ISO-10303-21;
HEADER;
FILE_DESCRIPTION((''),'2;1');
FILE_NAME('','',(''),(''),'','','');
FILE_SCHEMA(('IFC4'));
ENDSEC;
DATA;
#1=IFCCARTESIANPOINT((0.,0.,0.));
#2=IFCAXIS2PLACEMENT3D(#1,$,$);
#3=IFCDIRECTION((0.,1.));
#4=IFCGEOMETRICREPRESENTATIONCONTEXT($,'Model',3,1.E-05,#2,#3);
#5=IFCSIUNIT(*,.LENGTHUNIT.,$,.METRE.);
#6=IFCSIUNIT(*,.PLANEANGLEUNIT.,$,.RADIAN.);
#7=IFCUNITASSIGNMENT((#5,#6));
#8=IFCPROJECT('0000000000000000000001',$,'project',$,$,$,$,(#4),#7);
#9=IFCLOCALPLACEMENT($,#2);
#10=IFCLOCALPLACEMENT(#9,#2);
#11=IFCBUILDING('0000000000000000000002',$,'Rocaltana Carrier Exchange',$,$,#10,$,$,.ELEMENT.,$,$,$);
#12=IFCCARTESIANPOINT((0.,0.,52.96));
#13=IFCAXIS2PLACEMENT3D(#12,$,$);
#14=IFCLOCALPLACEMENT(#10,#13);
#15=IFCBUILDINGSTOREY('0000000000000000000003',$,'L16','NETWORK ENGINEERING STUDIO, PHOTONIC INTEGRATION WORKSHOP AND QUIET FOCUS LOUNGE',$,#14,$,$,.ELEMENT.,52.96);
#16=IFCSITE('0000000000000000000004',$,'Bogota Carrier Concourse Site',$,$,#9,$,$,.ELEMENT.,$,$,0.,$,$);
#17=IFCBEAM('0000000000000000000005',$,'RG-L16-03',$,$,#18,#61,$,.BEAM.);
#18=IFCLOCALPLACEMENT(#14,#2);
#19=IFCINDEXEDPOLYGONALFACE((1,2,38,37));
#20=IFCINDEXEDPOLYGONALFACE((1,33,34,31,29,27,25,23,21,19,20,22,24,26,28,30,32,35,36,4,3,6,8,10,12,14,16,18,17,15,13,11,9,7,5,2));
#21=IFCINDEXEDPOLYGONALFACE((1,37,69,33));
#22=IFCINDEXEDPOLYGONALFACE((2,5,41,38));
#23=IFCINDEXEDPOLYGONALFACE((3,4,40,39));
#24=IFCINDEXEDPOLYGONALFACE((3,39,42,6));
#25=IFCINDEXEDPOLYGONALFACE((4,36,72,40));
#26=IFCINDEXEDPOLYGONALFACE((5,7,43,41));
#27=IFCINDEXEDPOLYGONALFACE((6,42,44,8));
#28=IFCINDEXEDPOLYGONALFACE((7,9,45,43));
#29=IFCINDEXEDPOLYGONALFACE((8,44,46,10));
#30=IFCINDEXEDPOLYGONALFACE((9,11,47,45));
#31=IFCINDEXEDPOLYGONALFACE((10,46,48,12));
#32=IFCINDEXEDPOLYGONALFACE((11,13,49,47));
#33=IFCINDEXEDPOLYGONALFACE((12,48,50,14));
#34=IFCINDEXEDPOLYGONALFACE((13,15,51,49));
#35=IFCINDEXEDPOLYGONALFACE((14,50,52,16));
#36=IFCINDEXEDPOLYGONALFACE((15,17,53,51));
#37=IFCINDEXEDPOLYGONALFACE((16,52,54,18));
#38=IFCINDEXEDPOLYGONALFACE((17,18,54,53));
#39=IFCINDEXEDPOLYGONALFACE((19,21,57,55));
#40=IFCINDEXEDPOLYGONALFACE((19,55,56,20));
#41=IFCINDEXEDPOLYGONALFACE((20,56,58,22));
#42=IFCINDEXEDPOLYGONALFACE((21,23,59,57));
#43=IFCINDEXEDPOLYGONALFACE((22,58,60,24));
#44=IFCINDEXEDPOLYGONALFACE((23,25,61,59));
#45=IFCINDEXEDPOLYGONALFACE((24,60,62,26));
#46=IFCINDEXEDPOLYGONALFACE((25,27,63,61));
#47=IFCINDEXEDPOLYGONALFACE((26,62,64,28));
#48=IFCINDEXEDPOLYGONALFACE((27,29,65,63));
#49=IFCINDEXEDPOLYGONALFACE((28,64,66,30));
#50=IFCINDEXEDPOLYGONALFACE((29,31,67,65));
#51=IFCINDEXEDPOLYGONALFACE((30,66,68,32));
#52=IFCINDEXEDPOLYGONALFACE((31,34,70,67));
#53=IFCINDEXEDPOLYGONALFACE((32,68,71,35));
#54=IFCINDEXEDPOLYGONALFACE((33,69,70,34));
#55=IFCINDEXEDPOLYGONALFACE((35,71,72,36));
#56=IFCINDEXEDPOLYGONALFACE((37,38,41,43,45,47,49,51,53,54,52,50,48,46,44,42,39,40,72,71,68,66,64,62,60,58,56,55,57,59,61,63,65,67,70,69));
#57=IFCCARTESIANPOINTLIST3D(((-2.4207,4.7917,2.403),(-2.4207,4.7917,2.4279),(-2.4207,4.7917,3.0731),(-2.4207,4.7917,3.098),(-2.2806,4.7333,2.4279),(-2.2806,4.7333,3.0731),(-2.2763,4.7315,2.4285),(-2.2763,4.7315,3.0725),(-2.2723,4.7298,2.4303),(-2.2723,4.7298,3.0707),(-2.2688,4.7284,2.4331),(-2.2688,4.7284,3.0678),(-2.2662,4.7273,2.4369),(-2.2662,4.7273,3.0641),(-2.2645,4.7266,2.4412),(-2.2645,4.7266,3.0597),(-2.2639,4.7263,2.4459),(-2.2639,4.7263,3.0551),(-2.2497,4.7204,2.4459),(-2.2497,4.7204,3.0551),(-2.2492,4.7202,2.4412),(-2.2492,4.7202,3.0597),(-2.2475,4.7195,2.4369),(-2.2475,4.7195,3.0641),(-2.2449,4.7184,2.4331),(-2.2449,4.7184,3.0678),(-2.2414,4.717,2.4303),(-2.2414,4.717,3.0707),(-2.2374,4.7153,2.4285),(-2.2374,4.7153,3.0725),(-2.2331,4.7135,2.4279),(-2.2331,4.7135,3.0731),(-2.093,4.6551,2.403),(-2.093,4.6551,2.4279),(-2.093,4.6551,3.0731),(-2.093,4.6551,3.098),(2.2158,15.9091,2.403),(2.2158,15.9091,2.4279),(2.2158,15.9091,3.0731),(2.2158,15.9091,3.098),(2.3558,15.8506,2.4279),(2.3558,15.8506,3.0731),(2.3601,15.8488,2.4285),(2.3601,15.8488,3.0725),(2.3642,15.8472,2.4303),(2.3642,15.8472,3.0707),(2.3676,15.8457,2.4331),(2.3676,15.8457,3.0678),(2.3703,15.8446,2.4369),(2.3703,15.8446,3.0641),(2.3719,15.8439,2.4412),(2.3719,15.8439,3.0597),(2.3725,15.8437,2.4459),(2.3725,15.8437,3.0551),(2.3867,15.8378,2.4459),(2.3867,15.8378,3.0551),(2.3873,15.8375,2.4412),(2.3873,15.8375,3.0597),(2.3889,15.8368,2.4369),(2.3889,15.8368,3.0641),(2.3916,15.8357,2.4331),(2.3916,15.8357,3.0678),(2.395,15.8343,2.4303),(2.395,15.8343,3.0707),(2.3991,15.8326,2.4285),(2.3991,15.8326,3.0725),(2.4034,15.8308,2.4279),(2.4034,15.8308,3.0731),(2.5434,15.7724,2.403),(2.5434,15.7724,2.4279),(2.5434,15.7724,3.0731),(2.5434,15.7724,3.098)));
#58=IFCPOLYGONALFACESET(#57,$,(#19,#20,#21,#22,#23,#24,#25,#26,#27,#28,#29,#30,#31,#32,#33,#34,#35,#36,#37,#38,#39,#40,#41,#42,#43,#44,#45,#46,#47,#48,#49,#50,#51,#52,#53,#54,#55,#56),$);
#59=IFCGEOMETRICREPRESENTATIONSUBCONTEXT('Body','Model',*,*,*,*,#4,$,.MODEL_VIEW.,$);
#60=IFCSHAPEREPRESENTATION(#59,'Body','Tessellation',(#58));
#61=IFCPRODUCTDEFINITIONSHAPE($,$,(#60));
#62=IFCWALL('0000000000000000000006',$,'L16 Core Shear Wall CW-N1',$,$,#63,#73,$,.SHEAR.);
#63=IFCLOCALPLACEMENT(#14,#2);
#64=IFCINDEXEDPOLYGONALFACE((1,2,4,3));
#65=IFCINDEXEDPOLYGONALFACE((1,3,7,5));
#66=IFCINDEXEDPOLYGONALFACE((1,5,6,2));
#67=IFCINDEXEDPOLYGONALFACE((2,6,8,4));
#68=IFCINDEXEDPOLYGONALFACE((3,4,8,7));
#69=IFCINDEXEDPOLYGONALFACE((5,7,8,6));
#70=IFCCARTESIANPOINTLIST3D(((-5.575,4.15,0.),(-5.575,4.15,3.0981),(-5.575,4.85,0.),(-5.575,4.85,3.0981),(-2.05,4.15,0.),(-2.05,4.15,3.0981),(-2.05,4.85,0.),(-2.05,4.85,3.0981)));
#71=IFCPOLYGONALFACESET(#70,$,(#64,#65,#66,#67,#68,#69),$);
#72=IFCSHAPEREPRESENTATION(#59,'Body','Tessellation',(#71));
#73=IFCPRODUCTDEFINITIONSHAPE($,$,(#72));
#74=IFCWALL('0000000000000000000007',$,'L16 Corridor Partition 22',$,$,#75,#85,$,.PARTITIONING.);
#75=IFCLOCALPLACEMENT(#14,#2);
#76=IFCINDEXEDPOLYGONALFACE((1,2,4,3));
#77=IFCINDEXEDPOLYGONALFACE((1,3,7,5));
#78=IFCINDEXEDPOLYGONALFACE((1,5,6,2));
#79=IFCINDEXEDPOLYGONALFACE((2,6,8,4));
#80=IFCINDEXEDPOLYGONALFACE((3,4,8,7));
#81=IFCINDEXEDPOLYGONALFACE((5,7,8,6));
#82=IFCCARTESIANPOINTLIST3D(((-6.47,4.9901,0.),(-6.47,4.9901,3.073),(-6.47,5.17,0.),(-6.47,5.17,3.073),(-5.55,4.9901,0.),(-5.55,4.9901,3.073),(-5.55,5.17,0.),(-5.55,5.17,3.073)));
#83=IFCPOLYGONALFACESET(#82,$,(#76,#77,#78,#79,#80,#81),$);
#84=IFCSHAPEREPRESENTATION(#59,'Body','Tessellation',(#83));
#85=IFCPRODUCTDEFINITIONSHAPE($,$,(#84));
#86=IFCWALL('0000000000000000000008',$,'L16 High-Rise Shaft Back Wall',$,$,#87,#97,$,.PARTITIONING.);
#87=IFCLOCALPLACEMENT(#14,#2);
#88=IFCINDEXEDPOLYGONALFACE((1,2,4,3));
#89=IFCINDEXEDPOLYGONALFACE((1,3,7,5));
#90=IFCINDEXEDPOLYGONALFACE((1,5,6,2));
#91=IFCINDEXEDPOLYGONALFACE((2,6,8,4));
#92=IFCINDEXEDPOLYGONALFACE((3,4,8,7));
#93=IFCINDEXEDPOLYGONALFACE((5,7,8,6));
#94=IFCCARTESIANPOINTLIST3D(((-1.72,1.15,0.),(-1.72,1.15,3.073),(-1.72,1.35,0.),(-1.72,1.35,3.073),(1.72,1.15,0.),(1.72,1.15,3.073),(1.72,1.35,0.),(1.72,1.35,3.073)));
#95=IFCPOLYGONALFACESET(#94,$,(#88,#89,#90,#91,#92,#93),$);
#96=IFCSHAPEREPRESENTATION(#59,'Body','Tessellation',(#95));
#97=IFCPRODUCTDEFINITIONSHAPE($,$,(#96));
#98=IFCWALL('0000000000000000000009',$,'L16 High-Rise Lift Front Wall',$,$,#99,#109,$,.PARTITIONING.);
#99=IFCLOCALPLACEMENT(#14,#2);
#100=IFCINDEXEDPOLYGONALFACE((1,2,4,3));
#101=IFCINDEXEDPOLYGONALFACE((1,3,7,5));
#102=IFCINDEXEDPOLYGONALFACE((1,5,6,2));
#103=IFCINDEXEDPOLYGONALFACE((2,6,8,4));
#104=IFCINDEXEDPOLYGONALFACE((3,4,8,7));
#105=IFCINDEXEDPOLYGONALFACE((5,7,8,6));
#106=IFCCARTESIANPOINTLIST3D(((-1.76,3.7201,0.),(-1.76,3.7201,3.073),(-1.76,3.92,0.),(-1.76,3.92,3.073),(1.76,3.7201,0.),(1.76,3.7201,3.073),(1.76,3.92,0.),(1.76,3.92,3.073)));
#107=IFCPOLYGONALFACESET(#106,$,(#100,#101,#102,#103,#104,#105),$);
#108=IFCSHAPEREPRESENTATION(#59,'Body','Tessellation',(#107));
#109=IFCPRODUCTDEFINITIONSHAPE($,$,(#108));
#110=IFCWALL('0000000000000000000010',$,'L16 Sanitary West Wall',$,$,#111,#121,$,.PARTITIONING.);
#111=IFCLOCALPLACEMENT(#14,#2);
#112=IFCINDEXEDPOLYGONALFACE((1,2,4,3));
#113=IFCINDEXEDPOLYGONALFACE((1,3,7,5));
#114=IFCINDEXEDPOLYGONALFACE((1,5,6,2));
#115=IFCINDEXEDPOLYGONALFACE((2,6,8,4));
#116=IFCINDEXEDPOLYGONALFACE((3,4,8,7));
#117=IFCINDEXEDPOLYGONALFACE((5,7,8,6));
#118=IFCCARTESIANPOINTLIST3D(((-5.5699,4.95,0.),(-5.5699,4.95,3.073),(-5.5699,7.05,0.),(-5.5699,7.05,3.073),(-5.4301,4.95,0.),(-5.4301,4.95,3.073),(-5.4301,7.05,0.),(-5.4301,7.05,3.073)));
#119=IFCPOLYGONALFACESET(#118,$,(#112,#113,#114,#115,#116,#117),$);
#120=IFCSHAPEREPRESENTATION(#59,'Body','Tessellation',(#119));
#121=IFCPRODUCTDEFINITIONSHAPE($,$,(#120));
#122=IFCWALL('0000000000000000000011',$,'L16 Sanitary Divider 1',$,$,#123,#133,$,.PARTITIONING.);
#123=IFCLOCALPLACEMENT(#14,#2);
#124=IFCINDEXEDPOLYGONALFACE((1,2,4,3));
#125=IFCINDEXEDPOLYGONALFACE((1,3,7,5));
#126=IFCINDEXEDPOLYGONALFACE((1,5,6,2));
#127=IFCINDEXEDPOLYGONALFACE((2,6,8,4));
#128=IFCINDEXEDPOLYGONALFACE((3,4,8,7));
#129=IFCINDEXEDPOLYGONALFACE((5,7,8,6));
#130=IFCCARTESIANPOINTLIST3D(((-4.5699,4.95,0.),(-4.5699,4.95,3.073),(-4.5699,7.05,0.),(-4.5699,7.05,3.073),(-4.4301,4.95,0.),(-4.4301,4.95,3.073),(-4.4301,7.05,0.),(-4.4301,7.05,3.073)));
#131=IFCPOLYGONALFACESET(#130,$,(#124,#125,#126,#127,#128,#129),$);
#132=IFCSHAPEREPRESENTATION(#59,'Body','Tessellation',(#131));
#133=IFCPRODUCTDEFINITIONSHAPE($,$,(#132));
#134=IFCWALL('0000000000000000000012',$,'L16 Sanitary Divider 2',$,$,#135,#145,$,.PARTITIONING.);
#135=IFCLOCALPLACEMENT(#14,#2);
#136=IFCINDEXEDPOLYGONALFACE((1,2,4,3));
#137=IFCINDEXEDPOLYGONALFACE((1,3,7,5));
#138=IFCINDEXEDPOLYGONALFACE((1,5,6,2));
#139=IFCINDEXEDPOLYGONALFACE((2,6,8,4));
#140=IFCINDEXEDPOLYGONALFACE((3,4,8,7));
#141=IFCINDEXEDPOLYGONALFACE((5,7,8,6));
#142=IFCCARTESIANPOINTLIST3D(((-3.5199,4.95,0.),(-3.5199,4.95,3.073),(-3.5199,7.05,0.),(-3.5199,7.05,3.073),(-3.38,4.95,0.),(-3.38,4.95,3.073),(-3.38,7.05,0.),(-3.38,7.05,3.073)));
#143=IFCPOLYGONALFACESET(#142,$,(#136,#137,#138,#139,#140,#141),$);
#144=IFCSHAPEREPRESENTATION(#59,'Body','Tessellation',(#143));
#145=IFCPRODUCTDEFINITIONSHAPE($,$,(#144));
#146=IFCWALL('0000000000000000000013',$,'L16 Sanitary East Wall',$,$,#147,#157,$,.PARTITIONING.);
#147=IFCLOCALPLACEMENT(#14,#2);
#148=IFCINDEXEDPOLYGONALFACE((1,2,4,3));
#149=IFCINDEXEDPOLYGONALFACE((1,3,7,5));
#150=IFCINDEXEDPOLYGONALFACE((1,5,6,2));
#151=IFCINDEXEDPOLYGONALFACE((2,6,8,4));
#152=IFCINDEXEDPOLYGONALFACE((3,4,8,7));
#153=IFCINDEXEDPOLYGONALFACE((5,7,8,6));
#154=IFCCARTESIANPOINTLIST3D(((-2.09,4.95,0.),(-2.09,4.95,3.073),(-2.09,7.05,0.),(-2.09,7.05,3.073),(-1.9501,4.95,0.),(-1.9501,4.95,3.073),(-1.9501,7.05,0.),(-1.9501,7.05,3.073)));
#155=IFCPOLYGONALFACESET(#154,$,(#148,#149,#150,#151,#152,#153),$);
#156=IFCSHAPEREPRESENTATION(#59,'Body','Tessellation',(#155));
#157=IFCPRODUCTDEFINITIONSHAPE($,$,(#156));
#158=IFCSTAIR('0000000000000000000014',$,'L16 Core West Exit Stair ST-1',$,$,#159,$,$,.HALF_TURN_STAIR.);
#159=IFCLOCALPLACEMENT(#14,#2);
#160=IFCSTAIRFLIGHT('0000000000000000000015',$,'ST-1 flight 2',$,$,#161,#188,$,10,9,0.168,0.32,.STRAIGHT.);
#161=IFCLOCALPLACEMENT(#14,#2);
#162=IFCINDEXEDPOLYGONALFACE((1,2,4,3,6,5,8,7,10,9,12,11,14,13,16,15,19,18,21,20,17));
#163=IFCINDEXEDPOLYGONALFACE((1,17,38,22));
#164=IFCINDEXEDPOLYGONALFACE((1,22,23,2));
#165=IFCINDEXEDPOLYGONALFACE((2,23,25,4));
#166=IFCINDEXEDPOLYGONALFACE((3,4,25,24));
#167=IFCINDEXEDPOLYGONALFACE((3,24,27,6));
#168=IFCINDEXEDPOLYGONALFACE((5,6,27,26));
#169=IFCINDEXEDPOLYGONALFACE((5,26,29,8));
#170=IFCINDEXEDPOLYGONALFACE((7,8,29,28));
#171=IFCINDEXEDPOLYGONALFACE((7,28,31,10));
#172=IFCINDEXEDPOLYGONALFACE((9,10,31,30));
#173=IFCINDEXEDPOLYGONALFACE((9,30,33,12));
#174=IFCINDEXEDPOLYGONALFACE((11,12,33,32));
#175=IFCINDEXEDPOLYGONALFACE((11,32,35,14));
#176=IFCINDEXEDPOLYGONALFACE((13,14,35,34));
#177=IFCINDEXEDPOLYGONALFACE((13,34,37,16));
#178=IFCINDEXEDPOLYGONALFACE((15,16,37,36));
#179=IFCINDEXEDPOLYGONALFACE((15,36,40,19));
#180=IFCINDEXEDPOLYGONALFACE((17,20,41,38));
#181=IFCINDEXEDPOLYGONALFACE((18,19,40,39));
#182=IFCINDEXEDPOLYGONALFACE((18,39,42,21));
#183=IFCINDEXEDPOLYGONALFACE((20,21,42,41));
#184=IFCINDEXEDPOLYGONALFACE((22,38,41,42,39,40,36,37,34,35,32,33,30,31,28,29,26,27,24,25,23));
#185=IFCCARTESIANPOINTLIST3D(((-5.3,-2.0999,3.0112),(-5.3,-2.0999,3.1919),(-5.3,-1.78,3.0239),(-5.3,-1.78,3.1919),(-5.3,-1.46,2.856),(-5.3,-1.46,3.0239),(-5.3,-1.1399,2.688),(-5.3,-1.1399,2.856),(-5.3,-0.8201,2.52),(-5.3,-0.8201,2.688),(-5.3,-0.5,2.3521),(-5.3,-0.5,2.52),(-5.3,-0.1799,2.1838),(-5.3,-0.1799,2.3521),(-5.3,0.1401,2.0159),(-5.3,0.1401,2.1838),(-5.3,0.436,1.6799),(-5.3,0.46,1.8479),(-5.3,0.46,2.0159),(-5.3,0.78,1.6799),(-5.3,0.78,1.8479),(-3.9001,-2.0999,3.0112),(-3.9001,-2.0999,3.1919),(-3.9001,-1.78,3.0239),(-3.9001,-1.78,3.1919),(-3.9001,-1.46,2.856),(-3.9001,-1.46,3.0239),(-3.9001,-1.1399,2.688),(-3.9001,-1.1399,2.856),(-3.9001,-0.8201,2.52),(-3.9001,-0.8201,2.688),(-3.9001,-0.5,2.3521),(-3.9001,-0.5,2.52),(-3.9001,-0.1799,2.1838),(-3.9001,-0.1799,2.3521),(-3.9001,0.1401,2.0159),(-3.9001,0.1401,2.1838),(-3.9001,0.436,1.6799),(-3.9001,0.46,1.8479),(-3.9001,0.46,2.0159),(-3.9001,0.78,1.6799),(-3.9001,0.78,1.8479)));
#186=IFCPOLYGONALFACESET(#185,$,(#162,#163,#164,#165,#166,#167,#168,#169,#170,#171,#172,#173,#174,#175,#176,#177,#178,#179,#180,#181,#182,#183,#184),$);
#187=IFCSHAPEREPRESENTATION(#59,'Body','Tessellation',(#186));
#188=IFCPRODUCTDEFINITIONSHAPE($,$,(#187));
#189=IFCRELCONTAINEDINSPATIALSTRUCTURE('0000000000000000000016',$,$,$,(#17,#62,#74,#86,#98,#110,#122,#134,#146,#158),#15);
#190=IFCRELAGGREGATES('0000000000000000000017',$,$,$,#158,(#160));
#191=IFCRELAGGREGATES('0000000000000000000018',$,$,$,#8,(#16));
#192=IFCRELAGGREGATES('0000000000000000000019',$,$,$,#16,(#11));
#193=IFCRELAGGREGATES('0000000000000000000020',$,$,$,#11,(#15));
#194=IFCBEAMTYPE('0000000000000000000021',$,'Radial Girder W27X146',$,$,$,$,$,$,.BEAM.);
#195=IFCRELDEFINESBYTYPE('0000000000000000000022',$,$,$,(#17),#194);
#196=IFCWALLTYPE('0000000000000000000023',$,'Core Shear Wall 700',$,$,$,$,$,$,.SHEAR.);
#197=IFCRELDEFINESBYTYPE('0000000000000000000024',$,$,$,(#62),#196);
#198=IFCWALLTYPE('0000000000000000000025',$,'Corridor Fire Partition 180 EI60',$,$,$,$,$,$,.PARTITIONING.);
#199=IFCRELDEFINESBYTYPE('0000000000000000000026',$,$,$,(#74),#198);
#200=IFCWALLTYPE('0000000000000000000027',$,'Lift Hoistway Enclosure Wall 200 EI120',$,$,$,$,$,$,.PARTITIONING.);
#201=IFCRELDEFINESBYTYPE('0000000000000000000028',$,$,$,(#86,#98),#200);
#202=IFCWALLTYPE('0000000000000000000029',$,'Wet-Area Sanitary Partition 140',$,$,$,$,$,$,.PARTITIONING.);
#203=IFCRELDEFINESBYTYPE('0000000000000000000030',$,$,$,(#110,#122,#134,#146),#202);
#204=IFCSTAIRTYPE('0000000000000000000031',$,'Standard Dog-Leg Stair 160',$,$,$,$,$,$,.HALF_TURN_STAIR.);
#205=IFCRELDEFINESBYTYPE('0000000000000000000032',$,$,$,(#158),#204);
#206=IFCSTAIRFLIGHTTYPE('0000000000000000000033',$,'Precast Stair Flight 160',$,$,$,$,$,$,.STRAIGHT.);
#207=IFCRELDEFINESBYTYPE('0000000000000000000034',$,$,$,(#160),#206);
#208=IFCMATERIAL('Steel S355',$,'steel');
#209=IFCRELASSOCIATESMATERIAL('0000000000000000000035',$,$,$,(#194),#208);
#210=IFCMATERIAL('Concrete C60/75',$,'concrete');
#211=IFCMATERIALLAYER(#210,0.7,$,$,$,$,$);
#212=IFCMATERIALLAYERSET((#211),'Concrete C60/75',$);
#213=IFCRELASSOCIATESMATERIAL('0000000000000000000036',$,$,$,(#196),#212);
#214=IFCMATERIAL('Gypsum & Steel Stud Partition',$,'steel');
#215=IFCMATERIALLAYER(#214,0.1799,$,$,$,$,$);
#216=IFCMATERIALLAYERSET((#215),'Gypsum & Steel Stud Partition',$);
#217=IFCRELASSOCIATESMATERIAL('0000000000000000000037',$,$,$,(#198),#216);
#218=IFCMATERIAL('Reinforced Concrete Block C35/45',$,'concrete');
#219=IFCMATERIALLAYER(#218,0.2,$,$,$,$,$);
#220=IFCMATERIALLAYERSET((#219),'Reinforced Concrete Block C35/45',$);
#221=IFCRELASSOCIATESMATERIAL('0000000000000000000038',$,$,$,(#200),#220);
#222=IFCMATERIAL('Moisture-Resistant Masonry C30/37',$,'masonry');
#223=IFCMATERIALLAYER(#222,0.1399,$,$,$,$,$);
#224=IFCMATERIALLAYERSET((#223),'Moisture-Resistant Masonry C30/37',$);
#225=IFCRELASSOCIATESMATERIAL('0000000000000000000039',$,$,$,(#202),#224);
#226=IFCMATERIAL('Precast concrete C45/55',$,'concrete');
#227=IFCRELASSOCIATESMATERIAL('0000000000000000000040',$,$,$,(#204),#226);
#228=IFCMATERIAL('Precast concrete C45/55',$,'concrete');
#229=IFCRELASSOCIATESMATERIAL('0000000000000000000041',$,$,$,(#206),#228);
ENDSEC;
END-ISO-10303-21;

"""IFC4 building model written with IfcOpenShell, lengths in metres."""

from ifc_helpers import new_model, si_unit, direction, frame, frame_2d, origin, origin_2d, place, context, subcontext, project, spatial, polyline, rectangle, i_section, outline, extrude, material, layer, layer_set, material_profile, profile_set, type_object, element, aggregate, save


model = new_model("IFC4")

# Units and contexts
model_context = context("Model", 3, precision=1e-05, world=origin(), true_north=direction((0.0, 1.0)))
body_context = subcontext(model_context, "Body", "Model", "MODEL_VIEW")
ifc_project = project(units=[si_unit("LENGTHUNIT", "METRE"), si_unit("PLANEANGLEUNIT", "RADIAN")], contexts=[model_context])

# Site, building, storey
site_placement = place(None, origin())
site = spatial("IfcSite", under=ifc_project, at=site_placement, Name="Bogota Carrier Concourse Site", CompositionType="ELEMENT", RefElevation=0.0)
building_placement = place(site_placement, origin())
building = spatial("IfcBuilding", under=site, at=building_placement, Name="Rocaltana Carrier Exchange", CompositionType="ELEMENT")
storey_placement = place(building_placement, frame((0.0, 0.0, 52.96)))
storey = spatial("IfcBuildingStorey", under=building, at=storey_placement, Name="L16", Description="NETWORK ENGINEERING STUDIO, PHOTONIC INTEGRATION WORKSHOP AND QUIET FOCUS LOUNGE", CompositionType="ELEMENT", Elevation=52.96)

# Beam
ifc_material_1 = material(Name="Steel S355", Category="steel")
ifc_material_profile_1 = material_profile(ifc_material_1, i_section(OverallWidth=0.355, OverallDepth=0.6951, WebThickness=0.0154, FlangeThickness=0.0249, FilletRadius=0.0181, at=origin_2d()), Name="W27X146")
ifc_profile_set_1 = profile_set([ifc_material_profile_1], Name="Steel S355")
beam_type_1 = type_object("IfcBeamType", Name="Radial Girder W27X146", PredefinedType="BEAM", material=ifc_profile_set_1)
beam_1_placement = place(storey_placement, frame((-2.2568, 4.7234, 2.7505), z_axis=(0.384913, 0.922953, 0.0), x_axis=(-0.922953, 0.384913, 0.0)))
element("IfcBeam", 1, at=beam_1_placement, inside=storey, type_object=beam_type_1, Name="RG-L16-03", PredefinedType="BEAM", context=body_context, shape_type="SweptSolid", body=[
    extrude(i_section(OverallWidth=0.355, OverallDepth=0.6951, WebThickness=0.0154, FlangeThickness=0.0249, FilletRadius=0.0181, at=origin_2d()), origin(), (0.0, 0.0, 1.0), 12.0454),
])

# Walls
ifc_material_2 = material(Name="Concrete C60/75", Category="concrete")
ifc_layer_1 = layer(ifc_material_2, 0.7)
ifc_layer_set_1 = layer_set([ifc_layer_1], Name="Concrete C60/75")
wall_type_1 = type_object("IfcWallType", Name="Core Shear Wall 700", PredefinedType="SHEAR", material=ifc_layer_set_1)
wall_1_placement = place(storey_placement, frame((-5.575, 4.5, 0.0), z_axis=(0.0, 0.0, 1.0), x_axis=(1.0, 0.0, 0.0)))
element("IfcWall", 2, at=wall_1_placement, inside=storey, type_object=wall_type_1, Name="L16 Core Shear Wall CW-N1", PredefinedType="SHEAR", context=body_context, shape_type="SweptSolid", body=[
    extrude(rectangle(XDim=3.5249, YDim=0.7, at=frame_2d((1.7625, 0.0))), origin(), (0.0, 0.0, 1.0), 3.0981),
])
ifc_material_3 = material(Name="Gypsum & Steel Stud Partition", Category="steel")
ifc_layer_2 = layer(ifc_material_3, 0.1799)
ifc_layer_set_2 = layer_set([ifc_layer_2], Name="Gypsum & Steel Stud Partition")
wall_type_2 = type_object("IfcWallType", Name="Corridor Fire Partition 180 EI60", PredefinedType="PARTITIONING", material=ifc_layer_set_2)
wall_2_placement = place(storey_placement, frame((-5.55, 5.0801, 0.0), z_axis=(0.0, 0.0, 1.0), x_axis=(-1.0, 0.0, 0.0)))
element("IfcWall", 3, at=wall_2_placement, inside=storey, type_object=wall_type_2, Name="L16 Corridor Partition 22", PredefinedType="PARTITIONING", context=body_context, shape_type="SweptSolid", body=[
    extrude(rectangle(XDim=0.9199, YDim=0.1799, at=frame_2d((0.46, 0.0))), origin(), (0.0, 0.0, 1.0), 3.073),
])
ifc_material_4 = material(Name="Reinforced Concrete Block C35/45", Category="concrete")
ifc_layer_3 = layer(ifc_material_4, 0.2)
ifc_layer_set_3 = layer_set([ifc_layer_3], Name="Reinforced Concrete Block C35/45")
wall_type_3 = type_object("IfcWallType", Name="Lift Hoistway Enclosure Wall 200 EI120", PredefinedType="PARTITIONING", material=ifc_layer_set_3)
wall_3_placement = place(storey_placement, frame((-1.72, 1.25, 0.0), z_axis=(0.0, 0.0, 1.0), x_axis=(1.0, 0.0, 0.0)))
element("IfcWall", 4, at=wall_3_placement, inside=storey, type_object=wall_type_3, Name="L16 High-Rise Shaft Back Wall", PredefinedType="PARTITIONING", context=body_context, shape_type="SweptSolid", body=[
    extrude(rectangle(XDim=3.4399, YDim=0.2, at=frame_2d((1.72, 0.0))), origin(), (0.0, 0.0, 1.0), 3.073),
])
wall_4_placement = place(storey_placement, frame((-1.76, 3.8201, 0.0), z_axis=(0.0, 0.0, 1.0), x_axis=(1.0, 0.0, 0.0)))
element("IfcWall", 5, at=wall_4_placement, inside=storey, type_object=wall_type_3, Name="L16 High-Rise Lift Front Wall", PredefinedType="PARTITIONING", context=body_context, shape_type="SweptSolid", body=[
    extrude(rectangle(XDim=3.52, YDim=0.2, at=frame_2d((1.76, 0.0))), origin(), (0.0, 0.0, 1.0), 3.073),
])
ifc_material_5 = material(Name="Moisture-Resistant Masonry C30/37", Category="masonry")
ifc_layer_4 = layer(ifc_material_5, 0.1399)
ifc_layer_set_4 = layer_set([ifc_layer_4], Name="Moisture-Resistant Masonry C30/37")
wall_type_4 = type_object("IfcWallType", Name="Wet-Area Sanitary Partition 140", PredefinedType="PARTITIONING", material=ifc_layer_set_4)
for number, where, z_axis, x_axis, name in (
    (6, (-5.5, 4.95, 0.0), (0.0, 0.0, 1.0), (0.0, 1.0, 0.0), "L16 Sanitary West Wall"),
    (7, (-4.5, 4.95, 0.0), (0.0, 0.0, 1.0), (0.0, 1.0, 0.0), "L16 Sanitary Divider 1"),
    (8, (-3.45, 4.95, 0.0), (0.0, 0.0, 1.0), (0.0, 1.0, 0.0), "L16 Sanitary Divider 2"),
    (9, (-2.02, 4.95, 0.0), (0.0, 0.0, 1.0), (0.0, 1.0, 0.0), "L16 Sanitary East Wall"),
):
    element("IfcWall", number, at=place(storey_placement, frame(where, z_axis=z_axis, x_axis=x_axis)), inside=storey, type_object=wall_type_4, Name=name, PredefinedType="PARTITIONING", context=body_context, shape_type="SweptSolid", body=[
        extrude(rectangle(XDim=2.1001, YDim=0.1399, at=frame_2d((1.05, 0.0))), origin(), (0.0, 0.0, 1.0), 3.073),
    ])

# Stair, stair flight
ifc_material_6 = material(Name="Precast concrete C45/55", Category="concrete")
stair_type = type_object("IfcStairType", Name="Standard Dog-Leg Stair 160", PredefinedType="HALF_TURN_STAIR", material=ifc_material_6)
stair_placement = place(storey_placement, origin())
stair = element("IfcStair", 10, at=stair_placement, inside=storey, type_object=stair_type, Name="L16 Core West Exit Stair ST-1", PredefinedType="HALF_TURN_STAIR")
ifc_material_7 = material(Name="Precast concrete C45/55", Category="concrete")
stair_flight_type = type_object("IfcStairFlightType", Name="Precast Stair Flight 160", PredefinedType="STRAIGHT", material=ifc_material_7)
stair_flight_placement = place(storey_placement, frame((-4.6001, 0.78, 1.6799), z_axis=(0.0, 0.0, 1.0), x_axis=(0.0, -1.0, 0.0)))
stair_flight = element("IfcStairFlight", 11, at=stair_flight_placement, type_object=stair_flight_type, Name="ST-1 flight 2", NumberOfRisers=10, NumberOfTreads=9, PredefinedType="STRAIGHT", RiserHeight=0.168, TreadLength=0.32, context=body_context, shape_type="SweptSolid", body=[
    extrude(outline(polyline([(0.0, 0.0), (0.0, 0.168), (0.3201, 0.168), (0.3201, 0.3359), (0.6399, 0.3359), (0.6399, 0.5039), (0.96, 0.5039), (0.96, 0.6721), (1.28, 0.6721), (1.28, 0.8401), (1.6001, 0.8401), (1.6001, 1.0081), (1.9199, 1.0081), (1.9199, 1.176), (2.24, 1.176), (2.24, 1.344), (2.5601, 1.344), (2.5601, 1.512), (2.8799, 1.512), (2.8799, 1.6799), (2.8799, 1.3313), (0.344, 0.0), (0.0, 0.0)])), frame((0.0, 0.7, 0.0), z_axis=(0.0, -1.0, 0.0), x_axis=(1.0, 0.0, 0.0)), (0.0, 0.0, 1.0), 1.3999),
])
aggregate(stair, [stair_flight])

save(model, "model.ifc")
